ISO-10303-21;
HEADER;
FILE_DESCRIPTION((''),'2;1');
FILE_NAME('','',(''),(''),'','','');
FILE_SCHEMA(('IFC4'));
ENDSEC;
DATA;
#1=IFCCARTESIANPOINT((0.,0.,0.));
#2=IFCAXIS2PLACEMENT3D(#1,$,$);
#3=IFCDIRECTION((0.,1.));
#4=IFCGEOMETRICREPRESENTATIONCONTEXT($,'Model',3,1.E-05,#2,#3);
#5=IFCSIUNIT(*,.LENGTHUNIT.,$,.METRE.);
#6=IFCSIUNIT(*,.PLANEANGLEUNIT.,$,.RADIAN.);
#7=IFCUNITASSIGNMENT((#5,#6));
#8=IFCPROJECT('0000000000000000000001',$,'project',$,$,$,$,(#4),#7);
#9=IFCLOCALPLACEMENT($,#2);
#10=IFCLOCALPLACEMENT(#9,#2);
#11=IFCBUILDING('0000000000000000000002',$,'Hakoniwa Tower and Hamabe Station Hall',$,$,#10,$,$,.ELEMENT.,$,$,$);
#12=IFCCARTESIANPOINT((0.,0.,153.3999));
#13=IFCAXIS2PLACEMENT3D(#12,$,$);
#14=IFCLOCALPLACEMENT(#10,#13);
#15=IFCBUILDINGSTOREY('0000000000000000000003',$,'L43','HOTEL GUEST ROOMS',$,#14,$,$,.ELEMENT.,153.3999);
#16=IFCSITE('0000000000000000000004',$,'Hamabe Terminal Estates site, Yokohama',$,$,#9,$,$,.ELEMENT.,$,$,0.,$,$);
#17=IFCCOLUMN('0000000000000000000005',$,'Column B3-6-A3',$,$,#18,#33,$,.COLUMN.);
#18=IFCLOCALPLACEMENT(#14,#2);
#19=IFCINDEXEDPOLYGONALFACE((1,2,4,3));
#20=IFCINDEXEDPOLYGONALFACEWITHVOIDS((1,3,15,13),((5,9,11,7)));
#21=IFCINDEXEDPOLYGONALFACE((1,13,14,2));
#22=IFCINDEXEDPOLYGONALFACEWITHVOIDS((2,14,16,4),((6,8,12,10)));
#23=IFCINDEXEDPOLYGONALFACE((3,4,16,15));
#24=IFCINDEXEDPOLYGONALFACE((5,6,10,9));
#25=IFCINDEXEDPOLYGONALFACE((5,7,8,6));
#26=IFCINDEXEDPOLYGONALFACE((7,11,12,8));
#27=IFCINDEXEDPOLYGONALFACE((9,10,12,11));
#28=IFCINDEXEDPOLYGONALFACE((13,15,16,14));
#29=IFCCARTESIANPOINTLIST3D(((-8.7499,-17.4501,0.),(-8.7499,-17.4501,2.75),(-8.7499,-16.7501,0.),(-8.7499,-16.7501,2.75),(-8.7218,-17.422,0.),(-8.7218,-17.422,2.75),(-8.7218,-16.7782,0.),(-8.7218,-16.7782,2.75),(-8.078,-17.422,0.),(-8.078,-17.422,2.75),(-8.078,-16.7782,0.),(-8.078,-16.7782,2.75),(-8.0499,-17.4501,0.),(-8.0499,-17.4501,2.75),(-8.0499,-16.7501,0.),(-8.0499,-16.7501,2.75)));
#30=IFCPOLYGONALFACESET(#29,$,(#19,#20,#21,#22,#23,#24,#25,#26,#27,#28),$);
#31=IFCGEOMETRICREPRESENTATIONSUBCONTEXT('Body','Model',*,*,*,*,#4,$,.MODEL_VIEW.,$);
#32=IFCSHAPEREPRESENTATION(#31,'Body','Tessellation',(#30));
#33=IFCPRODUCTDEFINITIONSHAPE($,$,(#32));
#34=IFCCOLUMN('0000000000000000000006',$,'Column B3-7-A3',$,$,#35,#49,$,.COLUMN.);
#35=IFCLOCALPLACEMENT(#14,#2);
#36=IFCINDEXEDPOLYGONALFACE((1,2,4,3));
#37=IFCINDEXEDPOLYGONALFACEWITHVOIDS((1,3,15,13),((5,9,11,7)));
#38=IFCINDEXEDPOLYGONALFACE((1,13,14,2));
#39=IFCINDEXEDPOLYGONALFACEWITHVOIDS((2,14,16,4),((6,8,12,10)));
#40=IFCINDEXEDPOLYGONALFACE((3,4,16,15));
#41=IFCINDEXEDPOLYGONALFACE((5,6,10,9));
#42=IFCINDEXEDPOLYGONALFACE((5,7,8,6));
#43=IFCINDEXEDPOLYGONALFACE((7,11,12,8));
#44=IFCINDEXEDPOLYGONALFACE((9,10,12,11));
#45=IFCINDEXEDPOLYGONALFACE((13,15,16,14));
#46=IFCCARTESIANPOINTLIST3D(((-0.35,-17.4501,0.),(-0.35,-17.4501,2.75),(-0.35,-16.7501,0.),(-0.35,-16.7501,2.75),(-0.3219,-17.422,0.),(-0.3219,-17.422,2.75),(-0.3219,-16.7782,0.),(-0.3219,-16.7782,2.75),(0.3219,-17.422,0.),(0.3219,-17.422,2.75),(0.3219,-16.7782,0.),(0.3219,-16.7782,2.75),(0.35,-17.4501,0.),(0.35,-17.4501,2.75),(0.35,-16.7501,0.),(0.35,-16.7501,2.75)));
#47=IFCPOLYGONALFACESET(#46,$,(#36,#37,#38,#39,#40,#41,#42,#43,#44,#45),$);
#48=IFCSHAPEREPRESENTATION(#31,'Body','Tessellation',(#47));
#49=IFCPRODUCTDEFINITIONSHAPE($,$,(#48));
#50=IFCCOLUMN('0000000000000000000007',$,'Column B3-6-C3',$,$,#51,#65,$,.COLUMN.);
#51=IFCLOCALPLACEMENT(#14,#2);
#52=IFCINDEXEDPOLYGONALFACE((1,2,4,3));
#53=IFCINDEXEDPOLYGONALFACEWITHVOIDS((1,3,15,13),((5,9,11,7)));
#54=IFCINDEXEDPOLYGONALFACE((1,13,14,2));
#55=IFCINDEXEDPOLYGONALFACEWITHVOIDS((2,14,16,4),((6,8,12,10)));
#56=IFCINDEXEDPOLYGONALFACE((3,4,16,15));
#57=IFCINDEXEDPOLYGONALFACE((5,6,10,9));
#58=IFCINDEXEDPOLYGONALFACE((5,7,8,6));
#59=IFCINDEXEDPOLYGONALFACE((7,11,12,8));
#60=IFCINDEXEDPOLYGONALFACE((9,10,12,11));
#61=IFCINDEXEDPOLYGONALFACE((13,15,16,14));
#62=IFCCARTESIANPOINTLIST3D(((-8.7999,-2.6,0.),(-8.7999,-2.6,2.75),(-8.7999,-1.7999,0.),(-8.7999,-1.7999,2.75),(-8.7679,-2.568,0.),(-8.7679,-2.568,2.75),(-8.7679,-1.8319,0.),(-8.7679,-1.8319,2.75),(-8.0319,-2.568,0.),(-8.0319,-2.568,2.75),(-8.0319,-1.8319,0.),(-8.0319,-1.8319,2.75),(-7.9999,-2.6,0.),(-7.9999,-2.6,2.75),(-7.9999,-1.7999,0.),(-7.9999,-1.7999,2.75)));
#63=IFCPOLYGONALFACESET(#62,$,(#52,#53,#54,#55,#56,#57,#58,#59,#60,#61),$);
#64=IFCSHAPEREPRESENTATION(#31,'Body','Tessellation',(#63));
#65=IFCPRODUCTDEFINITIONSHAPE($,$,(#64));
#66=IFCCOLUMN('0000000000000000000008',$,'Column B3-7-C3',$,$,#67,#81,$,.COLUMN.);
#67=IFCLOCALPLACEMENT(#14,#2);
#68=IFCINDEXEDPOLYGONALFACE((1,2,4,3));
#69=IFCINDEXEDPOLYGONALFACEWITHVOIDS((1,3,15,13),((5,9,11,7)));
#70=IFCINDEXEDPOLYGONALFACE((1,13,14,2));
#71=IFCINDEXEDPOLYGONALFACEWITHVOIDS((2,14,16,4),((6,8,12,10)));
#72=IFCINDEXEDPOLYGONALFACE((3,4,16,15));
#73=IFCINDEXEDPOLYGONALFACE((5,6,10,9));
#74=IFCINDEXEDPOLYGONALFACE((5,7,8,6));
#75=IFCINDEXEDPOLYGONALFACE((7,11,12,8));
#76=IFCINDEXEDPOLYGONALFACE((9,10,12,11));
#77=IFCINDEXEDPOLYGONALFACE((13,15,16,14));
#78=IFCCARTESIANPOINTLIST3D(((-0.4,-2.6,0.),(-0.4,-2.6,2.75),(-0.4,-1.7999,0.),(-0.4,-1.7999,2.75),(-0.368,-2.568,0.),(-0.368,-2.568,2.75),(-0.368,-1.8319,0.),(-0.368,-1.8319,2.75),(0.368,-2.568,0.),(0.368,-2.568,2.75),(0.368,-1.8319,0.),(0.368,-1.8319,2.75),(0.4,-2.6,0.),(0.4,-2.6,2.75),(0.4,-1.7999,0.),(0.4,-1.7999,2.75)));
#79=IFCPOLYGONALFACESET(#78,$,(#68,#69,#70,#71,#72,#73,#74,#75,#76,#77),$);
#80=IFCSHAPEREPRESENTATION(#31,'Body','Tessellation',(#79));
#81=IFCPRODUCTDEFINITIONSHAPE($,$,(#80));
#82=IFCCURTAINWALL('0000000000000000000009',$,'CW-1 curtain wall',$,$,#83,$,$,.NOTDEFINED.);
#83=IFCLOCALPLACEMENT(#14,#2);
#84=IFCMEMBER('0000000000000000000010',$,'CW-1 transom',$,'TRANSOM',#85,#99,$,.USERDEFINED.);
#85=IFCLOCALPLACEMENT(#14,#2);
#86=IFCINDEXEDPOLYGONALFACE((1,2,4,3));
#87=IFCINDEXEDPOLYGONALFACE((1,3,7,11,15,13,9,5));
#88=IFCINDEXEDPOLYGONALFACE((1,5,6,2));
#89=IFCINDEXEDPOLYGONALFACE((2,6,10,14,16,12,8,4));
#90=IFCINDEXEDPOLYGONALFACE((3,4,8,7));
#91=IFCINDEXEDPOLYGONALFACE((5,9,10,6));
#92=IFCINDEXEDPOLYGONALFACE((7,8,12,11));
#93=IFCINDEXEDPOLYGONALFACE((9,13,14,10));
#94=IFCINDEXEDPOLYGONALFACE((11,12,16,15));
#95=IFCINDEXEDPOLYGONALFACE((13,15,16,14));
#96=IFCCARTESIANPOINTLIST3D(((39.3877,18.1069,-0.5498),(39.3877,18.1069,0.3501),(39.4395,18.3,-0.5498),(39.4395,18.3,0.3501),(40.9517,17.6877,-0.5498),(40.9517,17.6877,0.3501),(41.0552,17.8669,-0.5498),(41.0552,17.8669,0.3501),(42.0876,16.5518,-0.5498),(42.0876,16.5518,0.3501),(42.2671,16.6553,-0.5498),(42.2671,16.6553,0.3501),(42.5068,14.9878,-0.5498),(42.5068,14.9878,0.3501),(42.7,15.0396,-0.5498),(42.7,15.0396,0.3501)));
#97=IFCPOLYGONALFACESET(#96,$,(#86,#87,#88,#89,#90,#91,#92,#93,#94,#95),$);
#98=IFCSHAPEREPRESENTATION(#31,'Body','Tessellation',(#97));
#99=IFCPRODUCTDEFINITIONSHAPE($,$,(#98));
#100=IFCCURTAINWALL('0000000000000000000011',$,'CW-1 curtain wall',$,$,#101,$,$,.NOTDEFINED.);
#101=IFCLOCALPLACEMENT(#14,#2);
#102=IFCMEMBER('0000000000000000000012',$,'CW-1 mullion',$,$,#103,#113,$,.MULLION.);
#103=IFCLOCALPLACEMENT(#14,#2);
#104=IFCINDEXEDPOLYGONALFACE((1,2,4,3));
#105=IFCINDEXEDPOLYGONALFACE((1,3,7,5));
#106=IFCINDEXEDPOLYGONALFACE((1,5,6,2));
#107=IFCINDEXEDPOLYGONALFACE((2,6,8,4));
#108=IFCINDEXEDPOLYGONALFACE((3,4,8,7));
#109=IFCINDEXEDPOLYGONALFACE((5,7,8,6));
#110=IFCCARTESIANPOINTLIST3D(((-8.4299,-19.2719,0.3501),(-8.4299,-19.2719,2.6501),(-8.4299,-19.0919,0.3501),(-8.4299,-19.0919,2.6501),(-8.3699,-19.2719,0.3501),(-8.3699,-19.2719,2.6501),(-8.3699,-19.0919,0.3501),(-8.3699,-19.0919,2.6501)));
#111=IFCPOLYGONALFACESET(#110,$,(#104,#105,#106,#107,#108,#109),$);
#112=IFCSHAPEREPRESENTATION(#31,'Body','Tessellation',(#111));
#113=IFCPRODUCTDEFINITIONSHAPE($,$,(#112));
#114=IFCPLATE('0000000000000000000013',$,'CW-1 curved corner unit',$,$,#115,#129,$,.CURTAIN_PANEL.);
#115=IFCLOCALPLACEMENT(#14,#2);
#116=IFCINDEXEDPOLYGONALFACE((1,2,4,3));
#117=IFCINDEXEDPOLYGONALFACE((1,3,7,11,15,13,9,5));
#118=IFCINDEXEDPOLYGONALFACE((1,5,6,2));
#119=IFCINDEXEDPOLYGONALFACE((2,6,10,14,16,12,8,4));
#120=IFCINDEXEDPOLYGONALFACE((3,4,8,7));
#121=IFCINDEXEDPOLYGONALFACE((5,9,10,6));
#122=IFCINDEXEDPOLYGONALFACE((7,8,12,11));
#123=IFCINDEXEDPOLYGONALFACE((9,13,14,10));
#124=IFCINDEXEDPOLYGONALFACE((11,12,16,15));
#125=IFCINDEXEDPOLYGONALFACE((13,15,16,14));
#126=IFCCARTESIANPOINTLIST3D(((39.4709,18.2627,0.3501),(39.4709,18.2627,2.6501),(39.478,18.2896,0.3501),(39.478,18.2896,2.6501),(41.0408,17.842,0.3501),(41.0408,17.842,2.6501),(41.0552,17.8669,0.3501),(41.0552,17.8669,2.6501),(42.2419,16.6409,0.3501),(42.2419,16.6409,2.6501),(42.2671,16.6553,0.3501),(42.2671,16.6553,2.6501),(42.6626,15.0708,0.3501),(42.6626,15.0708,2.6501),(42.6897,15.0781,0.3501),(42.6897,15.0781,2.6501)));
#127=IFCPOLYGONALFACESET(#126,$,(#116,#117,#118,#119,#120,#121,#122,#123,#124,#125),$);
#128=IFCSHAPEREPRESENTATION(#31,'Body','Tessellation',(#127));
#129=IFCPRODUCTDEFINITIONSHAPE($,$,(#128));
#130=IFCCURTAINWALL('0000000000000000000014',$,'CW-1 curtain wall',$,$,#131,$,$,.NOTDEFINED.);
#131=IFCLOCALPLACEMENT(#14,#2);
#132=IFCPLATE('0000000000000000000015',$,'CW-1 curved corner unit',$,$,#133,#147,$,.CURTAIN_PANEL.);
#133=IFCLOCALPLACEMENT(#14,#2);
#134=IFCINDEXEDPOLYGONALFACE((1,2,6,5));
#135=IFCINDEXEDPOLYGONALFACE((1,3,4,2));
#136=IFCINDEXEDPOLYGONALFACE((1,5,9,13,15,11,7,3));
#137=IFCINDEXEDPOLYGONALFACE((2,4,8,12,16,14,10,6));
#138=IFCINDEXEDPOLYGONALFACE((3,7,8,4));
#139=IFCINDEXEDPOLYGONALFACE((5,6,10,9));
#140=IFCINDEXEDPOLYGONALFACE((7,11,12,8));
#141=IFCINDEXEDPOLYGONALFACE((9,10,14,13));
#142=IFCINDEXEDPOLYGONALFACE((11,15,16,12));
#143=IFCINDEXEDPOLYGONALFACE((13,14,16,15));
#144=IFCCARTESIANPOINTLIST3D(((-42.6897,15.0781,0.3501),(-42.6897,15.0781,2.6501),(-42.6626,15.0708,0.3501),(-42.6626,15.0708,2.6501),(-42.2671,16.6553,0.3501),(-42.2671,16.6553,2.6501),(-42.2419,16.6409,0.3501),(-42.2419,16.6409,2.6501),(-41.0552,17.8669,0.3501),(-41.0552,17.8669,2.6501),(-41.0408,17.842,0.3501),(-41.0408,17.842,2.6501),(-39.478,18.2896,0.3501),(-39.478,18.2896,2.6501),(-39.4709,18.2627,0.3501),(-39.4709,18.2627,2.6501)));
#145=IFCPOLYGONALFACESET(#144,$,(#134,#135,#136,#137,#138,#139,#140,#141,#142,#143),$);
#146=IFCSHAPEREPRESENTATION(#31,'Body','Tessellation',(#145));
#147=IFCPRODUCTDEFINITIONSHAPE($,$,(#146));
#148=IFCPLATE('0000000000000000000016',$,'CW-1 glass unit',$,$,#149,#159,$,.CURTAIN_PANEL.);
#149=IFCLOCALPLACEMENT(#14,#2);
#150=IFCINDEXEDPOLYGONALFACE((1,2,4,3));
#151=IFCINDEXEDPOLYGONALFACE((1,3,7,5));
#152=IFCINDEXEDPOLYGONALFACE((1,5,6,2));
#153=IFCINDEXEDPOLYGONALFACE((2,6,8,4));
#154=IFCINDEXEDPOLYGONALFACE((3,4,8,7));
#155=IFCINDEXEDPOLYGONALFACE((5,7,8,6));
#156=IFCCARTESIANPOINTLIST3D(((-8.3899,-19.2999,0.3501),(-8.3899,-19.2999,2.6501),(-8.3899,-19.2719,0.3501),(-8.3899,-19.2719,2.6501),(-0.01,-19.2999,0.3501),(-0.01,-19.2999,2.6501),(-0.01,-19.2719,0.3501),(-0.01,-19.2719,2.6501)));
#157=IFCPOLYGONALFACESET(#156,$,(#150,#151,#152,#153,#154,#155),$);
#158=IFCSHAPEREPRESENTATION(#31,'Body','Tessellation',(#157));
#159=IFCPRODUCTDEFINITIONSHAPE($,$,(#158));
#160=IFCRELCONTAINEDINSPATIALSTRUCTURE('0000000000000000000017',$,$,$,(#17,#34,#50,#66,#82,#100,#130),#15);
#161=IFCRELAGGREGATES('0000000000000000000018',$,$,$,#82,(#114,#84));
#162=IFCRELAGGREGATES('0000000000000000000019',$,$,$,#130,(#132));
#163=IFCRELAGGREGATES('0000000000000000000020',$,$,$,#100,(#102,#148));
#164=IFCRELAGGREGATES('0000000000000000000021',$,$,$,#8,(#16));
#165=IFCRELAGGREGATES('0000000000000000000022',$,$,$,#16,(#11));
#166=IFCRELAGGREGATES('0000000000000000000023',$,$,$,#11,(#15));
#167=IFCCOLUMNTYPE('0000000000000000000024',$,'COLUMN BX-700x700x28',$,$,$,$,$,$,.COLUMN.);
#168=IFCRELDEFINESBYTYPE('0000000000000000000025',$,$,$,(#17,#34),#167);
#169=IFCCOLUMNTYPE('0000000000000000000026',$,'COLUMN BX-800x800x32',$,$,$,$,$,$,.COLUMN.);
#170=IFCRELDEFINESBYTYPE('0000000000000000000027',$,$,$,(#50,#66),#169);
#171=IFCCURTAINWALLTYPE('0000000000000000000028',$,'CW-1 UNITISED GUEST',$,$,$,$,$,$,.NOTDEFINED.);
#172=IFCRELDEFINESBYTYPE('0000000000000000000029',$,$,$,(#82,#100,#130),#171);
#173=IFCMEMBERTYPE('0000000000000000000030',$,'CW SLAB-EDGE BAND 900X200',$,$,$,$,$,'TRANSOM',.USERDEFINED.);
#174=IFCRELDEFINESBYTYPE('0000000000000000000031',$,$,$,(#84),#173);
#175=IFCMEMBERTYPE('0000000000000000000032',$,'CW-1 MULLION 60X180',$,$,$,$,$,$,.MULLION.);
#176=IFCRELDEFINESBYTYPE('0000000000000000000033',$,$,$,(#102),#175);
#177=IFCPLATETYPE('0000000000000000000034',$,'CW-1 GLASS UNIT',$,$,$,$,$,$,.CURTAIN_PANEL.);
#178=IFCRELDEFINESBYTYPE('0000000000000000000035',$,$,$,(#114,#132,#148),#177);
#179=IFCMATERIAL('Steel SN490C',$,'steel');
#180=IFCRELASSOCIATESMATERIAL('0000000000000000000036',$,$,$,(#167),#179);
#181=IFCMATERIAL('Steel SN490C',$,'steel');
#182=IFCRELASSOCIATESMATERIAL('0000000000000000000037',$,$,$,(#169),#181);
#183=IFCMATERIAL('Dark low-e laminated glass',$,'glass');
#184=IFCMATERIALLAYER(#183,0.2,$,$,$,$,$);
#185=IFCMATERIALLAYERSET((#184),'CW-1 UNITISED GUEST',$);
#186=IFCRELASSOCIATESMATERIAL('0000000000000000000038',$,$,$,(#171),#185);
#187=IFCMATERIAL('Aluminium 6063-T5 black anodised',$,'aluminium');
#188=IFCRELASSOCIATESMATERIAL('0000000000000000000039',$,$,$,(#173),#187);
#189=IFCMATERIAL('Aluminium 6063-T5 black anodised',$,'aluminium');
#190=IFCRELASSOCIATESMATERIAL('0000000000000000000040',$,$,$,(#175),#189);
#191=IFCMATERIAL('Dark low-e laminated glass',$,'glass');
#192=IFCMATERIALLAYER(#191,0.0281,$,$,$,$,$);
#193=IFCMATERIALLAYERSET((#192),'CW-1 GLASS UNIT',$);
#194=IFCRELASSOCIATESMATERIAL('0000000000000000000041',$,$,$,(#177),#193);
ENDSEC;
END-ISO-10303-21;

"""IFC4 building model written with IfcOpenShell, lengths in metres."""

from ifc_helpers import new_model, si_unit, direction, frame, origin, origin_2d, place, context, subcontext, project, spatial, polyline, rectangle, hollow_rectangle, outline, extrude, material, layer, layer_set, material_profile, profile_set, type_object, element, aggregate, save


model = new_model("IFC4")

# Units and contexts
model_context = context("Model", 3, precision=1e-05, world=origin(), true_north=direction((0.0, 1.0)))
body_context = subcontext(model_context, "Body", "Model", "MODEL_VIEW")
ifc_project = project(units=[si_unit("LENGTHUNIT", "METRE"), si_unit("PLANEANGLEUNIT", "RADIAN")], contexts=[model_context])

# Site, building, storey
site_placement = place(None, origin())
site = spatial("IfcSite", under=ifc_project, at=site_placement, Name="Hamabe Terminal Estates site, Yokohama", CompositionType="ELEMENT", RefElevation=0.0)
building_placement = place(site_placement, origin())
building = spatial("IfcBuilding", under=site, at=building_placement, Name="Hakoniwa Tower and Hamabe Station Hall", CompositionType="ELEMENT")
storey_placement = place(building_placement, frame((0.0, 0.0, 153.3999)))
storey = spatial("IfcBuildingStorey", under=building, at=storey_placement, Name="L43", Description="HOTEL GUEST ROOMS", CompositionType="ELEMENT", Elevation=153.3999)

# Columns
ifc_material_1 = material(Name="Steel SN490C", Category="steel")
ifc_material_profile_1 = material_profile(ifc_material_1, hollow_rectangle(XDim=0.7, YDim=0.7, WallThickness=0.0281, at=origin_2d()), Name="BX-700x700x28")
ifc_profile_set_1 = profile_set([ifc_material_profile_1], Name="Steel SN490C")
column_type_1 = type_object("IfcColumnType", Name="COLUMN BX-700x700x28", PredefinedType="COLUMN", material=ifc_profile_set_1)
for number, where, z_axis, x_axis, name in (
    (1, (-8.3999, -17.1001, 0.0), (0.0, 0.0, 1.0), (1.0, 0.0, 0.0), "Column B3-6-A3"),
    (2, (0.0, -17.1001, 0.0), (0.0, 0.0, 1.0), (1.0, 0.0, 0.0), "Column B3-7-A3"),
):
    element("IfcColumn", number, at=place(storey_placement, frame(where, z_axis=z_axis, x_axis=x_axis)), inside=storey, type_object=column_type_1, Name=name, PredefinedType="COLUMN", context=body_context, shape_type="SweptSolid", body=[
        extrude(hollow_rectangle(XDim=0.7, YDim=0.7, WallThickness=0.0281, at=origin_2d()), origin(), (0.0, 0.0, 1.0), 2.75),
    ])
ifc_material_2 = material(Name="Steel SN490C", Category="steel")
ifc_material_profile_2 = material_profile(ifc_material_2, hollow_rectangle(XDim=0.8, YDim=0.8, WallThickness=0.032, at=origin_2d()), Name="BX-800x800x32")
ifc_profile_set_2 = profile_set([ifc_material_profile_2], Name="Steel SN490C")
column_type_2 = type_object("IfcColumnType", Name="COLUMN BX-800x800x32", PredefinedType="COLUMN", material=ifc_profile_set_2)
for number, where, z_axis, x_axis, name in (
    (3, (-8.3999, -2.2, 0.0), (0.0, 0.0, 1.0), (1.0, 0.0, 0.0), "Column B3-6-C3"),
    (4, (0.0, -2.2, 0.0), (0.0, 0.0, 1.0), (1.0, 0.0, 0.0), "Column B3-7-C3"),
):
    element("IfcColumn", number, at=place(storey_placement, frame(where, z_axis=z_axis, x_axis=x_axis)), inside=storey, type_object=column_type_2, Name=name, PredefinedType="COLUMN", context=body_context, shape_type="SweptSolid", body=[
        extrude(hollow_rectangle(XDim=0.8, YDim=0.8, WallThickness=0.032, at=origin_2d()), origin(), (0.0, 0.0, 1.0), 2.75),
    ])

# Curtain walls, members
ifc_material_3 = material(Name="Dark low-e laminated glass", Category="glass")
ifc_layer_1 = layer(ifc_material_3, 0.2)
ifc_layer_set_1 = layer_set([ifc_layer_1], Name="CW-1 UNITISED GUEST")
curtain_wall_type = type_object("IfcCurtainWallType", Name="CW-1 UNITISED GUEST", PredefinedType="NOTDEFINED", material=ifc_layer_set_1)
curtain_wall_1_placement = place(storey_placement, origin())
curtain_wall_1 = element("IfcCurtainWall", 5, at=curtain_wall_1_placement, inside=storey, type_object=curtain_wall_type, Name="CW-1 curtain wall", PredefinedType="NOTDEFINED")
ifc_material_4 = material(Name="Aluminium 6063-T5 black anodised", Category="aluminium")
ifc_material_profile_3 = material_profile(ifc_material_4, rectangle(XDim=0.2, YDim=0.8999, at=origin_2d()), Name="CW SLAB-EDGE BAND 900X200")
ifc_profile_set_3 = profile_set([ifc_material_profile_3], Name="Aluminium 6063-T5 black anodised")
member_type_1 = type_object("IfcMemberType", Name="CW SLAB-EDGE BAND 900X200", ElementType="TRANSOM", PredefinedType="USERDEFINED", material=ifc_profile_set_3)
member_1_placement = place(storey_placement, frame((0.0, 0.0, -0.5498)))
member_1 = element("IfcMember", 6, at=member_1_placement, type_object=member_type_1, Name="CW-1 transom", ObjectType="TRANSOM", PredefinedType="USERDEFINED", context=body_context, shape_type="SweptSolid", body=[
    extrude(outline(polyline([(42.7, 15.0396), (42.2671, 16.6553), (41.0552, 17.8669), (39.4395, 18.3), (39.3877, 18.1069), (40.9517, 17.6877), (42.0876, 16.5518), (42.5068, 14.9878), (42.7, 15.0396)])), origin(), (0.0, 0.0, 1.0), 0.8999),
])
curtain_wall_2_placement = place(storey_placement, origin())
curtain_wall_2 = element("IfcCurtainWall", 7, at=curtain_wall_2_placement, inside=storey, type_object=curtain_wall_type, Name="CW-1 curtain wall", PredefinedType="NOTDEFINED")
ifc_material_5 = material(Name="Aluminium 6063-T5 black anodised", Category="aluminium")
ifc_material_profile_4 = material_profile(ifc_material_5, rectangle(XDim=0.0601, YDim=0.1799, at=origin_2d()), Name="CW-1 MULLION 60X180")
ifc_profile_set_4 = profile_set([ifc_material_profile_4], Name="Aluminium 6063-T5 black anodised")
member_type_2 = type_object("IfcMemberType", Name="CW-1 MULLION 60X180", PredefinedType="MULLION", material=ifc_profile_set_4)
member_2_placement = place(storey_placement, frame((-8.3999, -19.1819, 0.3501), z_axis=(0.0, 0.0, 1.0), x_axis=(1.0, 0.0, 0.0)))
member_2 = element("IfcMember", 8, at=member_2_placement, type_object=member_type_2, Name="CW-1 mullion", PredefinedType="MULLION", context=body_context, shape_type="SweptSolid", body=[
    extrude(rectangle(XDim=0.0601, YDim=0.1799, at=origin_2d()), origin(), (0.0, 0.0, 1.0), 2.3),
])

# Plate
ifc_material_6 = material(Name="Dark low-e laminated glass", Category="glass")
ifc_layer_2 = layer(ifc_material_6, 0.0281)
ifc_layer_set_2 = layer_set([ifc_layer_2], Name="CW-1 GLASS UNIT")
plate_type = type_object("IfcPlateType", Name="CW-1 GLASS UNIT", PredefinedType="CURTAIN_PANEL", material=ifc_layer_set_2)
plate_1_placement = place(storey_placement, frame((0.0, 0.0, 0.3501)))
plate_1 = element("IfcPlate", 9, at=plate_1_placement, type_object=plate_type, Name="CW-1 curved corner unit", PredefinedType="CURTAIN_PANEL", context=body_context, shape_type="SweptSolid", body=[
    extrude(outline(polyline([(42.6897, 15.0781), (42.2671, 16.6553), (41.0552, 17.8669), (39.478, 18.2896), (39.4709, 18.2627), (41.0408, 17.842), (42.2419, 16.6409), (42.6626, 15.0708), (42.6897, 15.0781)])), origin(), (0.0, 0.0, 1.0), 2.3),
])
aggregate(curtain_wall_1, [plate_1, member_1])

# Curtain wall, plate
curtain_wall_3_placement = place(storey_placement, origin())
curtain_wall_3 = element("IfcCurtainWall", 10, at=curtain_wall_3_placement, inside=storey, type_object=curtain_wall_type, Name="CW-1 curtain wall", PredefinedType="NOTDEFINED")
plate_2_placement = place(storey_placement, frame((0.0, 0.0, 0.3501)))
plate_2 = element("IfcPlate", 11, at=plate_2_placement, type_object=plate_type, Name="CW-1 curved corner unit", PredefinedType="CURTAIN_PANEL", context=body_context, shape_type="SweptSolid", body=[
    extrude(outline(polyline([(-39.478, 18.2896), (-41.0552, 17.8669), (-42.2671, 16.6553), (-42.6897, 15.0781), (-42.6626, 15.0708), (-42.2419, 16.6409), (-41.0408, 17.842), (-39.4709, 18.2627), (-39.478, 18.2896)])), origin(), (0.0, 0.0, 1.0), 2.3),
])
aggregate(curtain_wall_3, [plate_2])

# Plate
plate_3_placement = place(storey_placement, frame((-4.2, -19.2859, 0.3501), z_axis=(0.0, 0.0, 1.0), x_axis=(1.0, 0.0, 0.0)))
plate_3 = element("IfcPlate", 12, at=plate_3_placement, type_object=plate_type, Name="CW-1 glass unit", PredefinedType="CURTAIN_PANEL", context=body_context, shape_type="SweptSolid", body=[
    extrude(rectangle(XDim=8.3799, YDim=0.0281, at=origin_2d()), origin(), (0.0, 0.0, 1.0), 2.3),
])
aggregate(curtain_wall_2, [member_2, plate_3])

save(model, "model.ifc")
